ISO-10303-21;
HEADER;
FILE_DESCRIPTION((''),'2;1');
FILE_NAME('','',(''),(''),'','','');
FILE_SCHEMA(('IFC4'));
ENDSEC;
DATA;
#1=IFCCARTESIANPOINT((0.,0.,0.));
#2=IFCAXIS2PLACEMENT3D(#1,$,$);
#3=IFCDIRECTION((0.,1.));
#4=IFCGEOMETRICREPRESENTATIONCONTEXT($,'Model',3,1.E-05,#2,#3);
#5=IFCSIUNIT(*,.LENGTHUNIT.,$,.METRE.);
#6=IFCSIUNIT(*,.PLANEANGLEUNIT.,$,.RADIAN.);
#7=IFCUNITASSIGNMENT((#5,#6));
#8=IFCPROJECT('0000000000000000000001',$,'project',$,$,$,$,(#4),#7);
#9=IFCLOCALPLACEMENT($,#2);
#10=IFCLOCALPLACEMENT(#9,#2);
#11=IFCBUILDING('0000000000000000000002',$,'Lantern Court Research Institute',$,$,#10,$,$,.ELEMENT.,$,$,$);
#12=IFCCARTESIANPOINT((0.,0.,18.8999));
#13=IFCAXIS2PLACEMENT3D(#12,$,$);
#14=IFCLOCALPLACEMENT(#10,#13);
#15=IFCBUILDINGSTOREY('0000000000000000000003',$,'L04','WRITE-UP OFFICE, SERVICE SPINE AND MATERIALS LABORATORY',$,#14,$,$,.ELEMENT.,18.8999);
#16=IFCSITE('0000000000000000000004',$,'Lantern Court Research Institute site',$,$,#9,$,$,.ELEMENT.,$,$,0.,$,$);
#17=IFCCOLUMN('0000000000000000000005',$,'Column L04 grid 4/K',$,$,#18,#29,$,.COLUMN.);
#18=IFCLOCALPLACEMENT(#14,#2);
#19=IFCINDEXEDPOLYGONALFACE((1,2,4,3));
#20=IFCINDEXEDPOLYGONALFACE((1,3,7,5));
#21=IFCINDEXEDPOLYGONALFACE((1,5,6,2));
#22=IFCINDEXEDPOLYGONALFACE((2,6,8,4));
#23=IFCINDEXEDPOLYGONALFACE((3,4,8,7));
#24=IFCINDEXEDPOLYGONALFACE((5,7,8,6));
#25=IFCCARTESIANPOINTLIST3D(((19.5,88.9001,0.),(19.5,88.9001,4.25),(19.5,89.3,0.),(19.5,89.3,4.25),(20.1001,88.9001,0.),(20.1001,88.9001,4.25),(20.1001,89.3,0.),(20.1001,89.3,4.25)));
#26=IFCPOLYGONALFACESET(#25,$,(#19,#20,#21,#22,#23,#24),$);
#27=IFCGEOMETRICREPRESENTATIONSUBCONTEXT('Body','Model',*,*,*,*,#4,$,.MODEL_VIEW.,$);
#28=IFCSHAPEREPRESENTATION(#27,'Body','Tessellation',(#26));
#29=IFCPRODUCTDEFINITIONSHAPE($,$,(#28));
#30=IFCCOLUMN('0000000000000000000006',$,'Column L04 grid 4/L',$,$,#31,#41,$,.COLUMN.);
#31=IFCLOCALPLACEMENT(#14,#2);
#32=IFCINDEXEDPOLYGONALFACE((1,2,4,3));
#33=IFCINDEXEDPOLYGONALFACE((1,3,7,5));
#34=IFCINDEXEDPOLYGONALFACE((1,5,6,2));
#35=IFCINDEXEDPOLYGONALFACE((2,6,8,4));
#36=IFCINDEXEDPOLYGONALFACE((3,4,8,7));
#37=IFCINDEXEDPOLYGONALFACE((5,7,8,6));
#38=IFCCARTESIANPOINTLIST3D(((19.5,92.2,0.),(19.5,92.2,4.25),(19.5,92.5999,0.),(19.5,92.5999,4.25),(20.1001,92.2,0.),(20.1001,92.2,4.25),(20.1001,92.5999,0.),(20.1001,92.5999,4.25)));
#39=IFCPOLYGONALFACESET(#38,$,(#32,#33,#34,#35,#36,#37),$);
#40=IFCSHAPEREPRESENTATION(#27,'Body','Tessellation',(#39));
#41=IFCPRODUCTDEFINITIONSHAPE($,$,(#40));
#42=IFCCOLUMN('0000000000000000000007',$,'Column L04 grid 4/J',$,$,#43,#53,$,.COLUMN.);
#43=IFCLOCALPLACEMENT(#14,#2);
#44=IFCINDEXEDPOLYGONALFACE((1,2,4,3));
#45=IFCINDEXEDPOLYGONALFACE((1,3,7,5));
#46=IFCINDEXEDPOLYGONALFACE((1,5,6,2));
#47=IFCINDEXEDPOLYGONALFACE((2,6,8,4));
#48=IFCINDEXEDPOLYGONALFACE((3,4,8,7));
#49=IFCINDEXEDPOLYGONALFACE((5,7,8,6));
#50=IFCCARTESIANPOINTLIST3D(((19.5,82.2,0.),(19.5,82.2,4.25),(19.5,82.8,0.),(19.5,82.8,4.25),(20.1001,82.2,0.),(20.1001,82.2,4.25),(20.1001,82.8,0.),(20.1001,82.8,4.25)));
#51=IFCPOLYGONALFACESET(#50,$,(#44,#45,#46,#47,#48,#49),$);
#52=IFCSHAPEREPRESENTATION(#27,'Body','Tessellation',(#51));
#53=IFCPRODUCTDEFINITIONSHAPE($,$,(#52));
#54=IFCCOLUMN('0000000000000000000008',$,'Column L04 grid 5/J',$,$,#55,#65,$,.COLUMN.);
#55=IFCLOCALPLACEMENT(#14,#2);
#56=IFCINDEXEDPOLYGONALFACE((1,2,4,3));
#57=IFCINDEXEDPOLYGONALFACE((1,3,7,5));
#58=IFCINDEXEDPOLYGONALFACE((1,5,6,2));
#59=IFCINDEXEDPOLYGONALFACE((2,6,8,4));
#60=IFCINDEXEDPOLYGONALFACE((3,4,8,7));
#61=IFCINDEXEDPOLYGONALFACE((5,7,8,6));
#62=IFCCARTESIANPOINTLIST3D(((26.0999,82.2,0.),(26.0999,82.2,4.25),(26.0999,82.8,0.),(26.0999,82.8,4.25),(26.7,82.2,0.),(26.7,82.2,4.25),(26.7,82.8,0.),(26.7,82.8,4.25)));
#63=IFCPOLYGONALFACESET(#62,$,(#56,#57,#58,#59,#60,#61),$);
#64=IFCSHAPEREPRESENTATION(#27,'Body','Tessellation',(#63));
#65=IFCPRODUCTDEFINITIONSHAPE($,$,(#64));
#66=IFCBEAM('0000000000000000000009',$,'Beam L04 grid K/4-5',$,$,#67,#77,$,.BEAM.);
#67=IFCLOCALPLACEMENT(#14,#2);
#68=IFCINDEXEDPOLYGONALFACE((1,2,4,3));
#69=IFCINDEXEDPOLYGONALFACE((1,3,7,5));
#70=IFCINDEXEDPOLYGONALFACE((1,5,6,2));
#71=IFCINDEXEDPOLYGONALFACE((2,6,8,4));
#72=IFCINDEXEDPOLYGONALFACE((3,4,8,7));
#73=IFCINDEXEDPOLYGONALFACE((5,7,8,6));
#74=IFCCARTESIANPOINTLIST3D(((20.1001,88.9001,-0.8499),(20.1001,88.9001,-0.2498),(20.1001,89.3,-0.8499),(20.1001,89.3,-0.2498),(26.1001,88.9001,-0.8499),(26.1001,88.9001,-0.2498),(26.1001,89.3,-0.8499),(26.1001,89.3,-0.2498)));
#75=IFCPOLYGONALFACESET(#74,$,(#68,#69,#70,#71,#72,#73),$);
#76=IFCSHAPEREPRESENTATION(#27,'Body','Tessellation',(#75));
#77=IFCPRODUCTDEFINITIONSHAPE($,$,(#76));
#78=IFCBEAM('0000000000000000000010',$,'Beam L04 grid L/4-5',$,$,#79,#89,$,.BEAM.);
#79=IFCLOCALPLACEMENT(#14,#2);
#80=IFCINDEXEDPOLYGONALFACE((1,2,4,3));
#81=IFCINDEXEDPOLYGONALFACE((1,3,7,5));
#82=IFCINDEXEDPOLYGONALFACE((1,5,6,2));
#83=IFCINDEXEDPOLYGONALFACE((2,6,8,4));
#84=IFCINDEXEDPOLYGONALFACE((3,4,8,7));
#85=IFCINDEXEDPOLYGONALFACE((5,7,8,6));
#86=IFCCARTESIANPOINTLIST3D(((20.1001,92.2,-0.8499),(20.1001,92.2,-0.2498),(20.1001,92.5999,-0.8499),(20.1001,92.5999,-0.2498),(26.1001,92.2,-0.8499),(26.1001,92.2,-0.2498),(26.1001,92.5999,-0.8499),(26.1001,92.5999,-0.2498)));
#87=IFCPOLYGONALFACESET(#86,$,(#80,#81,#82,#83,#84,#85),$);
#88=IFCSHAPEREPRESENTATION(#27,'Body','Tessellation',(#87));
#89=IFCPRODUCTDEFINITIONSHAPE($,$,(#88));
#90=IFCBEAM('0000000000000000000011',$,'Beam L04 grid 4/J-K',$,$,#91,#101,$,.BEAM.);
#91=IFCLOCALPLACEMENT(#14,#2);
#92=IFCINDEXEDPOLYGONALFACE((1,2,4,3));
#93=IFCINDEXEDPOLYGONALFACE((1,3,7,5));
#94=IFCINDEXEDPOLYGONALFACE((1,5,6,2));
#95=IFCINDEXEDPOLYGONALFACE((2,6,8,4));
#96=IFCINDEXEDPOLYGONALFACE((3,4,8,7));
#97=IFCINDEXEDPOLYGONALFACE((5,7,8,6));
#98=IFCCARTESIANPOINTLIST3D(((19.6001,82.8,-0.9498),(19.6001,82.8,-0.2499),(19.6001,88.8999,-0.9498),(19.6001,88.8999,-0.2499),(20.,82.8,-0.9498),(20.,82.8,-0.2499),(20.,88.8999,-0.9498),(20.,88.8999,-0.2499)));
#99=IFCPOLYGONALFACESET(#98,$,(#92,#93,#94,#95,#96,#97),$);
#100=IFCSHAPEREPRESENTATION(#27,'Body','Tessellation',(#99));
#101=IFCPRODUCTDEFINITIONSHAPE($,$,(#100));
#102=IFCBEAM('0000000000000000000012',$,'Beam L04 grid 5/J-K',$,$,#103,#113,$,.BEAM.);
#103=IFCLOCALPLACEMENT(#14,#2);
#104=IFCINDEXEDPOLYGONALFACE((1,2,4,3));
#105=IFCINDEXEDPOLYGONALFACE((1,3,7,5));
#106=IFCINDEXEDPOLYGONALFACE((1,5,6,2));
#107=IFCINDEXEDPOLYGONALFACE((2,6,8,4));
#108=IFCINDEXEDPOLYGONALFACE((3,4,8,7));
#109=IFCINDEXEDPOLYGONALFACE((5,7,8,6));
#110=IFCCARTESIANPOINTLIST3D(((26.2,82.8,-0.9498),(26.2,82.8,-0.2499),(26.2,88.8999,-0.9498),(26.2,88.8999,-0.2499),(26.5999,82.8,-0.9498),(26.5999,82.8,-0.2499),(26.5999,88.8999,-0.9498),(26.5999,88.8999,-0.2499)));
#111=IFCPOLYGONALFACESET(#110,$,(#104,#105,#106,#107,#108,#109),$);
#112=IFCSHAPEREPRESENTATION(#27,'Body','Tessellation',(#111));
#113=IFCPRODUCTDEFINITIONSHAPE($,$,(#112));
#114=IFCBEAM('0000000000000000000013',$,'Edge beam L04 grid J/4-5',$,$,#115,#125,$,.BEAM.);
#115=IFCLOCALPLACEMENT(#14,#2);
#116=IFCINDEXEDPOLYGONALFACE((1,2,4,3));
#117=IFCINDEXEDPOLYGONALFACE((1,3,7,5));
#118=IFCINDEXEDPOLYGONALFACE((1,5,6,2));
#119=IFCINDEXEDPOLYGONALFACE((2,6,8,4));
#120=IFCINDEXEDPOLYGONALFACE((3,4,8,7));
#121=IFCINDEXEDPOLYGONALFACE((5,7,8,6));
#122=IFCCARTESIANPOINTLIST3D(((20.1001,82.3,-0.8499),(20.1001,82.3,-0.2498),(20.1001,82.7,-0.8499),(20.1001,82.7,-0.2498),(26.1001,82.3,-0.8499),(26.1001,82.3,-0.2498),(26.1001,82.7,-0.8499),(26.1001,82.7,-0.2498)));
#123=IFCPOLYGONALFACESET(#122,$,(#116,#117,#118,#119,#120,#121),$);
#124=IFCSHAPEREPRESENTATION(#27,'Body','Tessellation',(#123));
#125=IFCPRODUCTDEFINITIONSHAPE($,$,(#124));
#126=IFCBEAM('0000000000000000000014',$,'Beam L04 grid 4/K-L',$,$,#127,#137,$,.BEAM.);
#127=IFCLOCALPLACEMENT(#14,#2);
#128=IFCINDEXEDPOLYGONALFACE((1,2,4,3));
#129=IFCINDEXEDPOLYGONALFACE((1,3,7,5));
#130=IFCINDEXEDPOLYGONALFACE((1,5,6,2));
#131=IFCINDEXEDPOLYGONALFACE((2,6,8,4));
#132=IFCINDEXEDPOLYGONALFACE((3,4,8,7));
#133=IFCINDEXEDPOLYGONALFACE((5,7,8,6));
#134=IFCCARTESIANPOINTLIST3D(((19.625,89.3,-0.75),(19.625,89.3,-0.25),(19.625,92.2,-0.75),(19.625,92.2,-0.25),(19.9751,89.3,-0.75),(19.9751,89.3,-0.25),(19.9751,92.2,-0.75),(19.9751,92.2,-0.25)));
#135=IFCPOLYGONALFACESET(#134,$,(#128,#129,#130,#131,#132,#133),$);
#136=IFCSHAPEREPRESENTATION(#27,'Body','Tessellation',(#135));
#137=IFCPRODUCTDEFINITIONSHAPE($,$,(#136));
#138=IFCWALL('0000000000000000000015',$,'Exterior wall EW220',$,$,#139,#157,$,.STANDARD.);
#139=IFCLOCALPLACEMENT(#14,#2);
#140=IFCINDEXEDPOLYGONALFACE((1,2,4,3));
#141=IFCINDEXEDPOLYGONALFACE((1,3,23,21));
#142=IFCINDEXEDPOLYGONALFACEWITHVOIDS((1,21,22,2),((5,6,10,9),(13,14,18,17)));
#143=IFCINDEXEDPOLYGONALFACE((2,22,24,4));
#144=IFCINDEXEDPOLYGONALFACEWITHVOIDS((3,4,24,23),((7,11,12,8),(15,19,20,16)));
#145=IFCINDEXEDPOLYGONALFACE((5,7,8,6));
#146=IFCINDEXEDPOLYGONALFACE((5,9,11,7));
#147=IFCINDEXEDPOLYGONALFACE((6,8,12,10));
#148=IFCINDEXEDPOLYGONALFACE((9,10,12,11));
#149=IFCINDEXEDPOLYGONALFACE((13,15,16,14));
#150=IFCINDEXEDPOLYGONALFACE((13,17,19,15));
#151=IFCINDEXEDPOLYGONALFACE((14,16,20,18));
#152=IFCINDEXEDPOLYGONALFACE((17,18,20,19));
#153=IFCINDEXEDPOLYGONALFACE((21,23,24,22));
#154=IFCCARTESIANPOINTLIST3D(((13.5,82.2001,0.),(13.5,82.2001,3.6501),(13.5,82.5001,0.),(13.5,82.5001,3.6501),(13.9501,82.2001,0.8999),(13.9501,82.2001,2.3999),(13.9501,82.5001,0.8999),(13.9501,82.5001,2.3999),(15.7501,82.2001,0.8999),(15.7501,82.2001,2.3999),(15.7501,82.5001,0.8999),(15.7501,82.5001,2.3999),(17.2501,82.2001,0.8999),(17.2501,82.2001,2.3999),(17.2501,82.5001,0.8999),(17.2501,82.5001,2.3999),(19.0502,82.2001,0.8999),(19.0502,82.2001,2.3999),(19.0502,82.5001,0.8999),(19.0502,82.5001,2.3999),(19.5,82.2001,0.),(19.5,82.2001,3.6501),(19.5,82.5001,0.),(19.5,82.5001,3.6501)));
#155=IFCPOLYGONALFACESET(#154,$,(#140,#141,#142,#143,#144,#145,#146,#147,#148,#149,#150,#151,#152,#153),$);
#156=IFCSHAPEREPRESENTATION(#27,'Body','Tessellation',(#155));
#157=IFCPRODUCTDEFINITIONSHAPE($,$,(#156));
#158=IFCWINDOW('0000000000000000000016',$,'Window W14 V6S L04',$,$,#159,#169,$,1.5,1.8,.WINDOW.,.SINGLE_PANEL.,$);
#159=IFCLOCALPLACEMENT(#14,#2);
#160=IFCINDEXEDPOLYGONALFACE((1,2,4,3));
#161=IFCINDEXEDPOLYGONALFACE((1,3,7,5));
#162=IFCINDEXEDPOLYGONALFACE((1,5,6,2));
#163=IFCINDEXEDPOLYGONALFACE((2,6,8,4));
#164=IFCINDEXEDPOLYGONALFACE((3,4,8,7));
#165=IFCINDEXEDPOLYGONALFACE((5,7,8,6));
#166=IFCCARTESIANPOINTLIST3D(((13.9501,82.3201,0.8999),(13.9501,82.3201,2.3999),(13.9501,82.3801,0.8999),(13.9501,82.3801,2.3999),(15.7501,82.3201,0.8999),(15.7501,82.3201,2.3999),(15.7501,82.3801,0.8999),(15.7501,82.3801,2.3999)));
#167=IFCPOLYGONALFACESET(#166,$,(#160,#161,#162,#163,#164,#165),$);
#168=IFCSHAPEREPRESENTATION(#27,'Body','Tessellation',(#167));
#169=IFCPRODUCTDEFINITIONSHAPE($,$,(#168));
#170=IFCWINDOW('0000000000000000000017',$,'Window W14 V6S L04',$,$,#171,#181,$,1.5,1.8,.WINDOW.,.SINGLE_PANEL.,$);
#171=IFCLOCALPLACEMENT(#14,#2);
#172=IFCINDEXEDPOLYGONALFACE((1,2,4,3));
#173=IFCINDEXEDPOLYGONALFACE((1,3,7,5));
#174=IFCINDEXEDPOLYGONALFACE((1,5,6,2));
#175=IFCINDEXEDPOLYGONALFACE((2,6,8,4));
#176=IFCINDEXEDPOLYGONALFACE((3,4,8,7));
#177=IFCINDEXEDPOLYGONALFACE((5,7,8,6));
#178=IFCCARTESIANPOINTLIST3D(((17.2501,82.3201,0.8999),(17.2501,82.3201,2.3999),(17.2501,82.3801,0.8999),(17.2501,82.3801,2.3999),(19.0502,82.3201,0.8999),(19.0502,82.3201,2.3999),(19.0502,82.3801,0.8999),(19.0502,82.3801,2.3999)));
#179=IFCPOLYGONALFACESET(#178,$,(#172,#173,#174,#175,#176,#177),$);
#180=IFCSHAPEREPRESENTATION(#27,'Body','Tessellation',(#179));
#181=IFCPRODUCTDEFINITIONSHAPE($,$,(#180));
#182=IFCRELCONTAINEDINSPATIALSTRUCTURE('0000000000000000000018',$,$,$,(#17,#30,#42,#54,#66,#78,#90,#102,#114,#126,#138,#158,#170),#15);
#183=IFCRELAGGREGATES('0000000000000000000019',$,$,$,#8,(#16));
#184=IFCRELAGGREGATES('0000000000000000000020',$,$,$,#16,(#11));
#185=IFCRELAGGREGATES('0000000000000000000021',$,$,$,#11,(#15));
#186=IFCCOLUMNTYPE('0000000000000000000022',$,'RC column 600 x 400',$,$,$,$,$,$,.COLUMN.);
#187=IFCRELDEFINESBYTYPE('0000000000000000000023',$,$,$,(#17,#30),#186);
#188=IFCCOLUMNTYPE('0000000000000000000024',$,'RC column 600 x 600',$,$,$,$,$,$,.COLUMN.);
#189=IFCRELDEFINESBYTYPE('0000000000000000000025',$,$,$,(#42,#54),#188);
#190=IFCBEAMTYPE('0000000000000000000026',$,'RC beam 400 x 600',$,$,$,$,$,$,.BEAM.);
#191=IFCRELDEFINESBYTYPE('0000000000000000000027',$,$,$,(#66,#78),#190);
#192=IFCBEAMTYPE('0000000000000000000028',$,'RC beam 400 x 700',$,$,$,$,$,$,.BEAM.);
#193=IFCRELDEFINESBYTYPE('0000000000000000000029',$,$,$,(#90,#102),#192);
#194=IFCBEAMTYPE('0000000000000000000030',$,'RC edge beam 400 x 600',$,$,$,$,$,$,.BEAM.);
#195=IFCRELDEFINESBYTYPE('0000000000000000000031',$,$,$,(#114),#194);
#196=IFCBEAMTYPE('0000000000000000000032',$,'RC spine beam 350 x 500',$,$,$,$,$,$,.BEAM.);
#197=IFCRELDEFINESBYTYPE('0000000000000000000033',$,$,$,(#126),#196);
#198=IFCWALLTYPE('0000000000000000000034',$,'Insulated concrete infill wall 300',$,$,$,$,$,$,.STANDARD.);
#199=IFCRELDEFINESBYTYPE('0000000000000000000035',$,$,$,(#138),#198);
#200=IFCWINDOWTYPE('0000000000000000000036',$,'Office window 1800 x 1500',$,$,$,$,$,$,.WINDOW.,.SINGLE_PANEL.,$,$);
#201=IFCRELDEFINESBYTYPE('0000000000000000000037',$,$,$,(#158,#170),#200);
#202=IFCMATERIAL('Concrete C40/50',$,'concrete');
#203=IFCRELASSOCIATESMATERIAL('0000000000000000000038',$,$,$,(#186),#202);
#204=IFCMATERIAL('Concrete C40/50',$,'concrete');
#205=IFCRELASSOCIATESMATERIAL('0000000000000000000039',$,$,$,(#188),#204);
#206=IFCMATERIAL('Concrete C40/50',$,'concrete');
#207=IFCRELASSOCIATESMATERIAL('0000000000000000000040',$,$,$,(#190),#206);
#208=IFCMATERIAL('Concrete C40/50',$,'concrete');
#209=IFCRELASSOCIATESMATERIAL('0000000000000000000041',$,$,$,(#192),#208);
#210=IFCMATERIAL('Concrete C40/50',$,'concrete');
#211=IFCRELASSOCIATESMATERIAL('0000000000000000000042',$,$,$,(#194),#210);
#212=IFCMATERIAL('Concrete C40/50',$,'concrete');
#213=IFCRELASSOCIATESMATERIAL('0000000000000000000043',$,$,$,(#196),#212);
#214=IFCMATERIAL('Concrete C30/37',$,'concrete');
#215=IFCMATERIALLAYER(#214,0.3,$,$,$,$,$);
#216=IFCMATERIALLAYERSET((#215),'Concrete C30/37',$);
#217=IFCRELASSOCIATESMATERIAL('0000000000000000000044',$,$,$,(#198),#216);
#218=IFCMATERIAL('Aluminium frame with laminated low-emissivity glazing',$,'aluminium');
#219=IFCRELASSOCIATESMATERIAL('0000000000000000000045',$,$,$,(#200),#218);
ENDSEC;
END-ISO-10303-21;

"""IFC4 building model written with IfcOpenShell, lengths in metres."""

from ifc_helpers import new_model, si_unit, direction, frame, frame_2d, origin, origin_2d, place, context, subcontext, project, spatial, rectangle, extrude, material, layer, layer_set, material_profile, profile_set, type_object, element, fill, save


model = new_model("IFC4")

# Units and contexts
model_context = context("Model", 3, precision=1e-05, world=origin(), true_north=direction((0.0, 1.0)))
body_context = subcontext(model_context, "Body", "Model", "MODEL_VIEW")
ifc_project = project(units=[si_unit("LENGTHUNIT", "METRE"), si_unit("PLANEANGLEUNIT", "RADIAN")], contexts=[model_context])

# Site, building, storey
site_placement = place(None, origin())
site = spatial("IfcSite", under=ifc_project, at=site_placement, Name="Lantern Court Research Institute site", CompositionType="ELEMENT", RefElevation=0.0)
building_placement = place(site_placement, origin())
building = spatial("IfcBuilding", under=site, at=building_placement, Name="Lantern Court Research Institute", CompositionType="ELEMENT")
storey_placement = place(building_placement, frame((0.0, 0.0, 18.8999)))
storey = spatial("IfcBuildingStorey", under=building, at=storey_placement, Name="L04", Description="WRITE-UP OFFICE, SERVICE SPINE AND MATERIALS LABORATORY", CompositionType="ELEMENT", Elevation=18.8999)

# Columns
ifc_material_1 = material(Name="Concrete C40/50", Category="concrete")
ifc_material_profile_1 = material_profile(ifc_material_1, rectangle(XDim=0.6001, YDim=0.3999, at=origin_2d()), Name="RC column 600 x 400")
ifc_profile_set_1 = profile_set([ifc_material_profile_1], Name="Concrete C40/50")
column_type_1 = type_object("IfcColumnType", Name="RC column 600 x 400", PredefinedType="COLUMN", material=ifc_profile_set_1)
for number, where, z_axis, x_axis, name in (
    (1, (19.8, 89.1001, 0.0), (0.0, 0.0, 1.0), (1.0, 0.0, 0.0), "Column L04 grid 4/K"),
    (2, (19.8, 92.3999, 0.0), (0.0, 0.0, 1.0), (1.0, 0.0, 0.0), "Column L04 grid 4/L"),
):
    element("IfcColumn", number, at=place(storey_placement, frame(where, z_axis=z_axis, x_axis=x_axis)), inside=storey, type_object=column_type_1, Name=name, PredefinedType="COLUMN", context=body_context, shape_type="SweptSolid", body=[
        extrude(rectangle(XDim=0.6001, YDim=0.3999, at=origin_2d()), origin(), (0.0, 0.0, 1.0), 4.25),
    ])
ifc_material_2 = material(Name="Concrete C40/50", Category="concrete")
ifc_material_profile_2 = material_profile(ifc_material_2, rectangle(XDim=0.6001, YDim=0.6001, at=origin_2d()), Name="RC column 600 x 600")
ifc_profile_set_2 = profile_set([ifc_material_profile_2], Name="Concrete C40/50")
column_type_2 = type_object("IfcColumnType", Name="RC column 600 x 600", PredefinedType="COLUMN", material=ifc_profile_set_2)
for number, where, z_axis, x_axis, name in (
    (3, (19.8, 82.5, 0.0), (0.0, 0.0, 1.0), (1.0, 0.0, 0.0), "Column L04 grid 4/J"),
    (4, (26.3999, 82.5, 0.0), (0.0, 0.0, 1.0), (1.0, 0.0, 0.0), "Column L04 grid 5/J"),
):
    element("IfcColumn", number, at=place(storey_placement, frame(where, z_axis=z_axis, x_axis=x_axis)), inside=storey, type_object=column_type_2, Name=name, PredefinedType="COLUMN", context=body_context, shape_type="SweptSolid", body=[
        extrude(rectangle(XDim=0.6001, YDim=0.6001, at=origin_2d()), origin(), (0.0, 0.0, 1.0), 4.25),
    ])

# Beams
ifc_material_3 = material(Name="Concrete C40/50", Category="concrete")
ifc_material_profile_3 = material_profile(ifc_material_3, rectangle(XDim=0.3999, YDim=0.6001, at=origin_2d()), Name="RC beam 400 x 600")
ifc_profile_set_3 = profile_set([ifc_material_profile_3], Name="Concrete C40/50")
beam_type_1 = type_object("IfcBeamType", Name="RC beam 400 x 600", PredefinedType="BEAM", material=ifc_profile_set_3)
for number, where, z_axis, x_axis, name in (
    (5, (20.1001, 89.1001, -0.5498), (1.0, 0.0, 0.0), (0.0, 1.0, 0.0), "Beam L04 grid K/4-5"),
    (6, (20.1001, 92.3999, -0.5498), (1.0, 0.0, 0.0), (0.0, 1.0, 0.0), "Beam L04 grid L/4-5"),
):
    element("IfcBeam", number, at=place(storey_placement, frame(where, z_axis=z_axis, x_axis=x_axis)), inside=storey, type_object=beam_type_1, Name=name, PredefinedType="BEAM", context=body_context, shape_type="SweptSolid", body=[
        extrude(rectangle(XDim=0.3999, YDim=0.6001, at=origin_2d()), origin(), (0.0, 0.0, 1.0), 6.0),
    ])
ifc_material_4 = material(Name="Concrete C40/50", Category="concrete")
ifc_material_profile_4 = material_profile(ifc_material_4, rectangle(XDim=0.3999, YDim=0.7, at=origin_2d()), Name="RC beam 400 x 700")
ifc_profile_set_4 = profile_set([ifc_material_profile_4], Name="Concrete C40/50")
beam_type_2 = type_object("IfcBeamType", Name="RC beam 400 x 700", PredefinedType="BEAM", material=ifc_profile_set_4)
for number, where, z_axis, x_axis, name in (
    (7, (19.8, 82.8, -0.5999), (0.0, 1.0, 0.0), (-1.0, 0.0, 0.0), "Beam L04 grid 4/J-K"),
    (8, (26.3999, 82.8, -0.5999), (0.0, 1.0, 0.0), (-1.0, 0.0, 0.0), "Beam L04 grid 5/J-K"),
):
    element("IfcBeam", number, at=place(storey_placement, frame(where, z_axis=z_axis, x_axis=x_axis)), inside=storey, type_object=beam_type_2, Name=name, PredefinedType="BEAM", context=body_context, shape_type="SweptSolid", body=[
        extrude(rectangle(XDim=0.3999, YDim=0.7, at=origin_2d()), origin(), (0.0, 0.0, 1.0), 6.0999),
    ])
ifc_material_5 = material(Name="Concrete C40/50", Category="concrete")
ifc_material_profile_5 = material_profile(ifc_material_5, rectangle(XDim=0.3999, YDim=0.6001, at=origin_2d()), Name="RC beam 400 x 600")
ifc_profile_set_5 = profile_set([ifc_material_profile_5], Name="Concrete C40/50")
beam_type_3 = type_object("IfcBeamType", Name="RC edge beam 400 x 600", PredefinedType="BEAM", material=ifc_profile_set_5)
beam_1_placement = place(storey_placement, frame((20.1001, 82.5, -0.5498), z_axis=(1.0, 0.0, 0.0), x_axis=(0.0, 1.0, 0.0)))
element("IfcBeam", 9, at=beam_1_placement, inside=storey, type_object=beam_type_3, Name="Edge beam L04 grid J/4-5", PredefinedType="BEAM", context=body_context, shape_type="SweptSolid", body=[
    extrude(rectangle(XDim=0.3999, YDim=0.6001, at=origin_2d()), origin(), (0.0, 0.0, 1.0), 6.0),
])
ifc_material_6 = material(Name="Concrete C40/50", Category="concrete")
ifc_material_profile_6 = material_profile(ifc_material_6, rectangle(XDim=0.3501, YDim=0.5, at=origin_2d()), Name="RC beam 350 x 500")
ifc_profile_set_6 = profile_set([ifc_material_profile_6], Name="Concrete C40/50")
beam_type_4 = type_object("IfcBeamType", Name="RC spine beam 350 x 500", PredefinedType="BEAM", material=ifc_profile_set_6)
beam_2_placement = place(storey_placement, frame((19.8, 89.3, -0.5), z_axis=(0.0, 1.0, 0.0), x_axis=(-1.0, 0.0, 0.0)))
element("IfcBeam", 10, at=beam_2_placement, inside=storey, type_object=beam_type_4, Name="Beam L04 grid 4/K-L", PredefinedType="BEAM", context=body_context, shape_type="SweptSolid", body=[
    extrude(rectangle(XDim=0.3501, YDim=0.5, at=origin_2d()), origin(), (0.0, 0.0, 1.0), 2.8999),
])

# Wall, openings, windows
ifc_material_7 = material(Name="Concrete C30/37", Category="concrete")
ifc_layer_1 = layer(ifc_material_7, 0.3)
ifc_layer_set_1 = layer_set([ifc_layer_1], Name="Concrete C30/37")
wall_type_1 = type_object("IfcWallType", Name="Insulated concrete infill wall 300", PredefinedType="STANDARD", material=ifc_layer_set_1)
wall_1_placement = place(storey_placement, frame((19.5, 82.3501, 0.0), z_axis=(0.0, 0.0, 1.0), x_axis=(-1.0, 0.0, 0.0)))
wall_1 = element("IfcWall", 11, at=wall_1_placement, inside=storey, type_object=wall_type_1, Name="Exterior wall EW220", PredefinedType="STANDARD", context=body_context, shape_type="SweptSolid", body=[
    extrude(rectangle(XDim=6.0, YDim=0.3, at=frame_2d((3.0, 0.0))), origin(), (0.0, 0.0, 1.0), 3.6501),
])
opening_1_placement = place(wall_1_placement, frame((3.75, 0.0, 0.8999)))
opening_1 = element("IfcOpeningElement", 12, at=opening_1_placement, cuts=wall_1, PredefinedType="OPENING", context=body_context, shape_type="SweptSolid", body=[
    extrude(rectangle(XDim=1.8, YDim=1.5, at=frame_2d((0.8999, 0.75))), frame((0.0, 0.1599, 0.0), z_axis=(0.0, -1.0, 0.0), x_axis=(1.0, 0.0, 0.0)), (0.0, 0.0, 1.0), 0.3201),
])
opening_2_placement = place(wall_1_placement, frame((0.45, 0.0, 0.8999)))
opening_2 = element("IfcOpeningElement", 13, at=opening_2_placement, cuts=wall_1, PredefinedType="OPENING", context=body_context, shape_type="SweptSolid", body=[
    extrude(rectangle(XDim=1.8, YDim=1.5, at=frame_2d((0.8999, 0.75))), frame((0.0, 0.1599, 0.0), z_axis=(0.0, -1.0, 0.0), x_axis=(1.0, 0.0, 0.0)), (0.0, 0.0, 1.0), 0.3201),
])
ifc_material_8 = material(Name="Aluminium frame with laminated low-emissivity glazing", Category="aluminium")
window_type = type_object("IfcWindowType", Name="Office window 1800 x 1500", PartitioningType="SINGLE_PANEL", PredefinedType="WINDOW", material=ifc_material_8)
window_1_placement = place(opening_1_placement, origin())
window_1 = element("IfcWindow", 14, at=window_1_placement, inside=storey, type_object=window_type, Name="Window W14 V6S L04", OverallHeight=1.5, OverallWidth=1.8, PartitioningType="SINGLE_PANEL", PredefinedType="WINDOW", context=body_context, shape_type="SweptSolid", body=[
    extrude(rectangle(XDim=1.8, YDim=1.5, at=frame_2d((0.8999, 0.75))), frame((0.0, 0.03, 0.0), z_axis=(0.0, -1.0, 0.0), x_axis=(1.0, 0.0, 0.0)), (0.0, 0.0, 1.0), 0.0601),
])
fill(opening_1, window_1)
window_2_placement = place(opening_2_placement, origin())
window_2 = element("IfcWindow", 15, at=window_2_placement, inside=storey, type_object=window_type, Name="Window W14 V6S L04", OverallHeight=1.5, OverallWidth=1.8, PartitioningType="SINGLE_PANEL", PredefinedType="WINDOW", context=body_context, shape_type="SweptSolid", body=[
    extrude(rectangle(XDim=1.8, YDim=1.5, at=frame_2d((0.8999, 0.75))), frame((0.0, 0.03, 0.0), z_axis=(0.0, -1.0, 0.0), x_axis=(1.0, 0.0, 0.0)), (0.0, 0.0, 1.0), 0.0601),
])
fill(opening_2, window_2)

save(model, "model.ifc")
